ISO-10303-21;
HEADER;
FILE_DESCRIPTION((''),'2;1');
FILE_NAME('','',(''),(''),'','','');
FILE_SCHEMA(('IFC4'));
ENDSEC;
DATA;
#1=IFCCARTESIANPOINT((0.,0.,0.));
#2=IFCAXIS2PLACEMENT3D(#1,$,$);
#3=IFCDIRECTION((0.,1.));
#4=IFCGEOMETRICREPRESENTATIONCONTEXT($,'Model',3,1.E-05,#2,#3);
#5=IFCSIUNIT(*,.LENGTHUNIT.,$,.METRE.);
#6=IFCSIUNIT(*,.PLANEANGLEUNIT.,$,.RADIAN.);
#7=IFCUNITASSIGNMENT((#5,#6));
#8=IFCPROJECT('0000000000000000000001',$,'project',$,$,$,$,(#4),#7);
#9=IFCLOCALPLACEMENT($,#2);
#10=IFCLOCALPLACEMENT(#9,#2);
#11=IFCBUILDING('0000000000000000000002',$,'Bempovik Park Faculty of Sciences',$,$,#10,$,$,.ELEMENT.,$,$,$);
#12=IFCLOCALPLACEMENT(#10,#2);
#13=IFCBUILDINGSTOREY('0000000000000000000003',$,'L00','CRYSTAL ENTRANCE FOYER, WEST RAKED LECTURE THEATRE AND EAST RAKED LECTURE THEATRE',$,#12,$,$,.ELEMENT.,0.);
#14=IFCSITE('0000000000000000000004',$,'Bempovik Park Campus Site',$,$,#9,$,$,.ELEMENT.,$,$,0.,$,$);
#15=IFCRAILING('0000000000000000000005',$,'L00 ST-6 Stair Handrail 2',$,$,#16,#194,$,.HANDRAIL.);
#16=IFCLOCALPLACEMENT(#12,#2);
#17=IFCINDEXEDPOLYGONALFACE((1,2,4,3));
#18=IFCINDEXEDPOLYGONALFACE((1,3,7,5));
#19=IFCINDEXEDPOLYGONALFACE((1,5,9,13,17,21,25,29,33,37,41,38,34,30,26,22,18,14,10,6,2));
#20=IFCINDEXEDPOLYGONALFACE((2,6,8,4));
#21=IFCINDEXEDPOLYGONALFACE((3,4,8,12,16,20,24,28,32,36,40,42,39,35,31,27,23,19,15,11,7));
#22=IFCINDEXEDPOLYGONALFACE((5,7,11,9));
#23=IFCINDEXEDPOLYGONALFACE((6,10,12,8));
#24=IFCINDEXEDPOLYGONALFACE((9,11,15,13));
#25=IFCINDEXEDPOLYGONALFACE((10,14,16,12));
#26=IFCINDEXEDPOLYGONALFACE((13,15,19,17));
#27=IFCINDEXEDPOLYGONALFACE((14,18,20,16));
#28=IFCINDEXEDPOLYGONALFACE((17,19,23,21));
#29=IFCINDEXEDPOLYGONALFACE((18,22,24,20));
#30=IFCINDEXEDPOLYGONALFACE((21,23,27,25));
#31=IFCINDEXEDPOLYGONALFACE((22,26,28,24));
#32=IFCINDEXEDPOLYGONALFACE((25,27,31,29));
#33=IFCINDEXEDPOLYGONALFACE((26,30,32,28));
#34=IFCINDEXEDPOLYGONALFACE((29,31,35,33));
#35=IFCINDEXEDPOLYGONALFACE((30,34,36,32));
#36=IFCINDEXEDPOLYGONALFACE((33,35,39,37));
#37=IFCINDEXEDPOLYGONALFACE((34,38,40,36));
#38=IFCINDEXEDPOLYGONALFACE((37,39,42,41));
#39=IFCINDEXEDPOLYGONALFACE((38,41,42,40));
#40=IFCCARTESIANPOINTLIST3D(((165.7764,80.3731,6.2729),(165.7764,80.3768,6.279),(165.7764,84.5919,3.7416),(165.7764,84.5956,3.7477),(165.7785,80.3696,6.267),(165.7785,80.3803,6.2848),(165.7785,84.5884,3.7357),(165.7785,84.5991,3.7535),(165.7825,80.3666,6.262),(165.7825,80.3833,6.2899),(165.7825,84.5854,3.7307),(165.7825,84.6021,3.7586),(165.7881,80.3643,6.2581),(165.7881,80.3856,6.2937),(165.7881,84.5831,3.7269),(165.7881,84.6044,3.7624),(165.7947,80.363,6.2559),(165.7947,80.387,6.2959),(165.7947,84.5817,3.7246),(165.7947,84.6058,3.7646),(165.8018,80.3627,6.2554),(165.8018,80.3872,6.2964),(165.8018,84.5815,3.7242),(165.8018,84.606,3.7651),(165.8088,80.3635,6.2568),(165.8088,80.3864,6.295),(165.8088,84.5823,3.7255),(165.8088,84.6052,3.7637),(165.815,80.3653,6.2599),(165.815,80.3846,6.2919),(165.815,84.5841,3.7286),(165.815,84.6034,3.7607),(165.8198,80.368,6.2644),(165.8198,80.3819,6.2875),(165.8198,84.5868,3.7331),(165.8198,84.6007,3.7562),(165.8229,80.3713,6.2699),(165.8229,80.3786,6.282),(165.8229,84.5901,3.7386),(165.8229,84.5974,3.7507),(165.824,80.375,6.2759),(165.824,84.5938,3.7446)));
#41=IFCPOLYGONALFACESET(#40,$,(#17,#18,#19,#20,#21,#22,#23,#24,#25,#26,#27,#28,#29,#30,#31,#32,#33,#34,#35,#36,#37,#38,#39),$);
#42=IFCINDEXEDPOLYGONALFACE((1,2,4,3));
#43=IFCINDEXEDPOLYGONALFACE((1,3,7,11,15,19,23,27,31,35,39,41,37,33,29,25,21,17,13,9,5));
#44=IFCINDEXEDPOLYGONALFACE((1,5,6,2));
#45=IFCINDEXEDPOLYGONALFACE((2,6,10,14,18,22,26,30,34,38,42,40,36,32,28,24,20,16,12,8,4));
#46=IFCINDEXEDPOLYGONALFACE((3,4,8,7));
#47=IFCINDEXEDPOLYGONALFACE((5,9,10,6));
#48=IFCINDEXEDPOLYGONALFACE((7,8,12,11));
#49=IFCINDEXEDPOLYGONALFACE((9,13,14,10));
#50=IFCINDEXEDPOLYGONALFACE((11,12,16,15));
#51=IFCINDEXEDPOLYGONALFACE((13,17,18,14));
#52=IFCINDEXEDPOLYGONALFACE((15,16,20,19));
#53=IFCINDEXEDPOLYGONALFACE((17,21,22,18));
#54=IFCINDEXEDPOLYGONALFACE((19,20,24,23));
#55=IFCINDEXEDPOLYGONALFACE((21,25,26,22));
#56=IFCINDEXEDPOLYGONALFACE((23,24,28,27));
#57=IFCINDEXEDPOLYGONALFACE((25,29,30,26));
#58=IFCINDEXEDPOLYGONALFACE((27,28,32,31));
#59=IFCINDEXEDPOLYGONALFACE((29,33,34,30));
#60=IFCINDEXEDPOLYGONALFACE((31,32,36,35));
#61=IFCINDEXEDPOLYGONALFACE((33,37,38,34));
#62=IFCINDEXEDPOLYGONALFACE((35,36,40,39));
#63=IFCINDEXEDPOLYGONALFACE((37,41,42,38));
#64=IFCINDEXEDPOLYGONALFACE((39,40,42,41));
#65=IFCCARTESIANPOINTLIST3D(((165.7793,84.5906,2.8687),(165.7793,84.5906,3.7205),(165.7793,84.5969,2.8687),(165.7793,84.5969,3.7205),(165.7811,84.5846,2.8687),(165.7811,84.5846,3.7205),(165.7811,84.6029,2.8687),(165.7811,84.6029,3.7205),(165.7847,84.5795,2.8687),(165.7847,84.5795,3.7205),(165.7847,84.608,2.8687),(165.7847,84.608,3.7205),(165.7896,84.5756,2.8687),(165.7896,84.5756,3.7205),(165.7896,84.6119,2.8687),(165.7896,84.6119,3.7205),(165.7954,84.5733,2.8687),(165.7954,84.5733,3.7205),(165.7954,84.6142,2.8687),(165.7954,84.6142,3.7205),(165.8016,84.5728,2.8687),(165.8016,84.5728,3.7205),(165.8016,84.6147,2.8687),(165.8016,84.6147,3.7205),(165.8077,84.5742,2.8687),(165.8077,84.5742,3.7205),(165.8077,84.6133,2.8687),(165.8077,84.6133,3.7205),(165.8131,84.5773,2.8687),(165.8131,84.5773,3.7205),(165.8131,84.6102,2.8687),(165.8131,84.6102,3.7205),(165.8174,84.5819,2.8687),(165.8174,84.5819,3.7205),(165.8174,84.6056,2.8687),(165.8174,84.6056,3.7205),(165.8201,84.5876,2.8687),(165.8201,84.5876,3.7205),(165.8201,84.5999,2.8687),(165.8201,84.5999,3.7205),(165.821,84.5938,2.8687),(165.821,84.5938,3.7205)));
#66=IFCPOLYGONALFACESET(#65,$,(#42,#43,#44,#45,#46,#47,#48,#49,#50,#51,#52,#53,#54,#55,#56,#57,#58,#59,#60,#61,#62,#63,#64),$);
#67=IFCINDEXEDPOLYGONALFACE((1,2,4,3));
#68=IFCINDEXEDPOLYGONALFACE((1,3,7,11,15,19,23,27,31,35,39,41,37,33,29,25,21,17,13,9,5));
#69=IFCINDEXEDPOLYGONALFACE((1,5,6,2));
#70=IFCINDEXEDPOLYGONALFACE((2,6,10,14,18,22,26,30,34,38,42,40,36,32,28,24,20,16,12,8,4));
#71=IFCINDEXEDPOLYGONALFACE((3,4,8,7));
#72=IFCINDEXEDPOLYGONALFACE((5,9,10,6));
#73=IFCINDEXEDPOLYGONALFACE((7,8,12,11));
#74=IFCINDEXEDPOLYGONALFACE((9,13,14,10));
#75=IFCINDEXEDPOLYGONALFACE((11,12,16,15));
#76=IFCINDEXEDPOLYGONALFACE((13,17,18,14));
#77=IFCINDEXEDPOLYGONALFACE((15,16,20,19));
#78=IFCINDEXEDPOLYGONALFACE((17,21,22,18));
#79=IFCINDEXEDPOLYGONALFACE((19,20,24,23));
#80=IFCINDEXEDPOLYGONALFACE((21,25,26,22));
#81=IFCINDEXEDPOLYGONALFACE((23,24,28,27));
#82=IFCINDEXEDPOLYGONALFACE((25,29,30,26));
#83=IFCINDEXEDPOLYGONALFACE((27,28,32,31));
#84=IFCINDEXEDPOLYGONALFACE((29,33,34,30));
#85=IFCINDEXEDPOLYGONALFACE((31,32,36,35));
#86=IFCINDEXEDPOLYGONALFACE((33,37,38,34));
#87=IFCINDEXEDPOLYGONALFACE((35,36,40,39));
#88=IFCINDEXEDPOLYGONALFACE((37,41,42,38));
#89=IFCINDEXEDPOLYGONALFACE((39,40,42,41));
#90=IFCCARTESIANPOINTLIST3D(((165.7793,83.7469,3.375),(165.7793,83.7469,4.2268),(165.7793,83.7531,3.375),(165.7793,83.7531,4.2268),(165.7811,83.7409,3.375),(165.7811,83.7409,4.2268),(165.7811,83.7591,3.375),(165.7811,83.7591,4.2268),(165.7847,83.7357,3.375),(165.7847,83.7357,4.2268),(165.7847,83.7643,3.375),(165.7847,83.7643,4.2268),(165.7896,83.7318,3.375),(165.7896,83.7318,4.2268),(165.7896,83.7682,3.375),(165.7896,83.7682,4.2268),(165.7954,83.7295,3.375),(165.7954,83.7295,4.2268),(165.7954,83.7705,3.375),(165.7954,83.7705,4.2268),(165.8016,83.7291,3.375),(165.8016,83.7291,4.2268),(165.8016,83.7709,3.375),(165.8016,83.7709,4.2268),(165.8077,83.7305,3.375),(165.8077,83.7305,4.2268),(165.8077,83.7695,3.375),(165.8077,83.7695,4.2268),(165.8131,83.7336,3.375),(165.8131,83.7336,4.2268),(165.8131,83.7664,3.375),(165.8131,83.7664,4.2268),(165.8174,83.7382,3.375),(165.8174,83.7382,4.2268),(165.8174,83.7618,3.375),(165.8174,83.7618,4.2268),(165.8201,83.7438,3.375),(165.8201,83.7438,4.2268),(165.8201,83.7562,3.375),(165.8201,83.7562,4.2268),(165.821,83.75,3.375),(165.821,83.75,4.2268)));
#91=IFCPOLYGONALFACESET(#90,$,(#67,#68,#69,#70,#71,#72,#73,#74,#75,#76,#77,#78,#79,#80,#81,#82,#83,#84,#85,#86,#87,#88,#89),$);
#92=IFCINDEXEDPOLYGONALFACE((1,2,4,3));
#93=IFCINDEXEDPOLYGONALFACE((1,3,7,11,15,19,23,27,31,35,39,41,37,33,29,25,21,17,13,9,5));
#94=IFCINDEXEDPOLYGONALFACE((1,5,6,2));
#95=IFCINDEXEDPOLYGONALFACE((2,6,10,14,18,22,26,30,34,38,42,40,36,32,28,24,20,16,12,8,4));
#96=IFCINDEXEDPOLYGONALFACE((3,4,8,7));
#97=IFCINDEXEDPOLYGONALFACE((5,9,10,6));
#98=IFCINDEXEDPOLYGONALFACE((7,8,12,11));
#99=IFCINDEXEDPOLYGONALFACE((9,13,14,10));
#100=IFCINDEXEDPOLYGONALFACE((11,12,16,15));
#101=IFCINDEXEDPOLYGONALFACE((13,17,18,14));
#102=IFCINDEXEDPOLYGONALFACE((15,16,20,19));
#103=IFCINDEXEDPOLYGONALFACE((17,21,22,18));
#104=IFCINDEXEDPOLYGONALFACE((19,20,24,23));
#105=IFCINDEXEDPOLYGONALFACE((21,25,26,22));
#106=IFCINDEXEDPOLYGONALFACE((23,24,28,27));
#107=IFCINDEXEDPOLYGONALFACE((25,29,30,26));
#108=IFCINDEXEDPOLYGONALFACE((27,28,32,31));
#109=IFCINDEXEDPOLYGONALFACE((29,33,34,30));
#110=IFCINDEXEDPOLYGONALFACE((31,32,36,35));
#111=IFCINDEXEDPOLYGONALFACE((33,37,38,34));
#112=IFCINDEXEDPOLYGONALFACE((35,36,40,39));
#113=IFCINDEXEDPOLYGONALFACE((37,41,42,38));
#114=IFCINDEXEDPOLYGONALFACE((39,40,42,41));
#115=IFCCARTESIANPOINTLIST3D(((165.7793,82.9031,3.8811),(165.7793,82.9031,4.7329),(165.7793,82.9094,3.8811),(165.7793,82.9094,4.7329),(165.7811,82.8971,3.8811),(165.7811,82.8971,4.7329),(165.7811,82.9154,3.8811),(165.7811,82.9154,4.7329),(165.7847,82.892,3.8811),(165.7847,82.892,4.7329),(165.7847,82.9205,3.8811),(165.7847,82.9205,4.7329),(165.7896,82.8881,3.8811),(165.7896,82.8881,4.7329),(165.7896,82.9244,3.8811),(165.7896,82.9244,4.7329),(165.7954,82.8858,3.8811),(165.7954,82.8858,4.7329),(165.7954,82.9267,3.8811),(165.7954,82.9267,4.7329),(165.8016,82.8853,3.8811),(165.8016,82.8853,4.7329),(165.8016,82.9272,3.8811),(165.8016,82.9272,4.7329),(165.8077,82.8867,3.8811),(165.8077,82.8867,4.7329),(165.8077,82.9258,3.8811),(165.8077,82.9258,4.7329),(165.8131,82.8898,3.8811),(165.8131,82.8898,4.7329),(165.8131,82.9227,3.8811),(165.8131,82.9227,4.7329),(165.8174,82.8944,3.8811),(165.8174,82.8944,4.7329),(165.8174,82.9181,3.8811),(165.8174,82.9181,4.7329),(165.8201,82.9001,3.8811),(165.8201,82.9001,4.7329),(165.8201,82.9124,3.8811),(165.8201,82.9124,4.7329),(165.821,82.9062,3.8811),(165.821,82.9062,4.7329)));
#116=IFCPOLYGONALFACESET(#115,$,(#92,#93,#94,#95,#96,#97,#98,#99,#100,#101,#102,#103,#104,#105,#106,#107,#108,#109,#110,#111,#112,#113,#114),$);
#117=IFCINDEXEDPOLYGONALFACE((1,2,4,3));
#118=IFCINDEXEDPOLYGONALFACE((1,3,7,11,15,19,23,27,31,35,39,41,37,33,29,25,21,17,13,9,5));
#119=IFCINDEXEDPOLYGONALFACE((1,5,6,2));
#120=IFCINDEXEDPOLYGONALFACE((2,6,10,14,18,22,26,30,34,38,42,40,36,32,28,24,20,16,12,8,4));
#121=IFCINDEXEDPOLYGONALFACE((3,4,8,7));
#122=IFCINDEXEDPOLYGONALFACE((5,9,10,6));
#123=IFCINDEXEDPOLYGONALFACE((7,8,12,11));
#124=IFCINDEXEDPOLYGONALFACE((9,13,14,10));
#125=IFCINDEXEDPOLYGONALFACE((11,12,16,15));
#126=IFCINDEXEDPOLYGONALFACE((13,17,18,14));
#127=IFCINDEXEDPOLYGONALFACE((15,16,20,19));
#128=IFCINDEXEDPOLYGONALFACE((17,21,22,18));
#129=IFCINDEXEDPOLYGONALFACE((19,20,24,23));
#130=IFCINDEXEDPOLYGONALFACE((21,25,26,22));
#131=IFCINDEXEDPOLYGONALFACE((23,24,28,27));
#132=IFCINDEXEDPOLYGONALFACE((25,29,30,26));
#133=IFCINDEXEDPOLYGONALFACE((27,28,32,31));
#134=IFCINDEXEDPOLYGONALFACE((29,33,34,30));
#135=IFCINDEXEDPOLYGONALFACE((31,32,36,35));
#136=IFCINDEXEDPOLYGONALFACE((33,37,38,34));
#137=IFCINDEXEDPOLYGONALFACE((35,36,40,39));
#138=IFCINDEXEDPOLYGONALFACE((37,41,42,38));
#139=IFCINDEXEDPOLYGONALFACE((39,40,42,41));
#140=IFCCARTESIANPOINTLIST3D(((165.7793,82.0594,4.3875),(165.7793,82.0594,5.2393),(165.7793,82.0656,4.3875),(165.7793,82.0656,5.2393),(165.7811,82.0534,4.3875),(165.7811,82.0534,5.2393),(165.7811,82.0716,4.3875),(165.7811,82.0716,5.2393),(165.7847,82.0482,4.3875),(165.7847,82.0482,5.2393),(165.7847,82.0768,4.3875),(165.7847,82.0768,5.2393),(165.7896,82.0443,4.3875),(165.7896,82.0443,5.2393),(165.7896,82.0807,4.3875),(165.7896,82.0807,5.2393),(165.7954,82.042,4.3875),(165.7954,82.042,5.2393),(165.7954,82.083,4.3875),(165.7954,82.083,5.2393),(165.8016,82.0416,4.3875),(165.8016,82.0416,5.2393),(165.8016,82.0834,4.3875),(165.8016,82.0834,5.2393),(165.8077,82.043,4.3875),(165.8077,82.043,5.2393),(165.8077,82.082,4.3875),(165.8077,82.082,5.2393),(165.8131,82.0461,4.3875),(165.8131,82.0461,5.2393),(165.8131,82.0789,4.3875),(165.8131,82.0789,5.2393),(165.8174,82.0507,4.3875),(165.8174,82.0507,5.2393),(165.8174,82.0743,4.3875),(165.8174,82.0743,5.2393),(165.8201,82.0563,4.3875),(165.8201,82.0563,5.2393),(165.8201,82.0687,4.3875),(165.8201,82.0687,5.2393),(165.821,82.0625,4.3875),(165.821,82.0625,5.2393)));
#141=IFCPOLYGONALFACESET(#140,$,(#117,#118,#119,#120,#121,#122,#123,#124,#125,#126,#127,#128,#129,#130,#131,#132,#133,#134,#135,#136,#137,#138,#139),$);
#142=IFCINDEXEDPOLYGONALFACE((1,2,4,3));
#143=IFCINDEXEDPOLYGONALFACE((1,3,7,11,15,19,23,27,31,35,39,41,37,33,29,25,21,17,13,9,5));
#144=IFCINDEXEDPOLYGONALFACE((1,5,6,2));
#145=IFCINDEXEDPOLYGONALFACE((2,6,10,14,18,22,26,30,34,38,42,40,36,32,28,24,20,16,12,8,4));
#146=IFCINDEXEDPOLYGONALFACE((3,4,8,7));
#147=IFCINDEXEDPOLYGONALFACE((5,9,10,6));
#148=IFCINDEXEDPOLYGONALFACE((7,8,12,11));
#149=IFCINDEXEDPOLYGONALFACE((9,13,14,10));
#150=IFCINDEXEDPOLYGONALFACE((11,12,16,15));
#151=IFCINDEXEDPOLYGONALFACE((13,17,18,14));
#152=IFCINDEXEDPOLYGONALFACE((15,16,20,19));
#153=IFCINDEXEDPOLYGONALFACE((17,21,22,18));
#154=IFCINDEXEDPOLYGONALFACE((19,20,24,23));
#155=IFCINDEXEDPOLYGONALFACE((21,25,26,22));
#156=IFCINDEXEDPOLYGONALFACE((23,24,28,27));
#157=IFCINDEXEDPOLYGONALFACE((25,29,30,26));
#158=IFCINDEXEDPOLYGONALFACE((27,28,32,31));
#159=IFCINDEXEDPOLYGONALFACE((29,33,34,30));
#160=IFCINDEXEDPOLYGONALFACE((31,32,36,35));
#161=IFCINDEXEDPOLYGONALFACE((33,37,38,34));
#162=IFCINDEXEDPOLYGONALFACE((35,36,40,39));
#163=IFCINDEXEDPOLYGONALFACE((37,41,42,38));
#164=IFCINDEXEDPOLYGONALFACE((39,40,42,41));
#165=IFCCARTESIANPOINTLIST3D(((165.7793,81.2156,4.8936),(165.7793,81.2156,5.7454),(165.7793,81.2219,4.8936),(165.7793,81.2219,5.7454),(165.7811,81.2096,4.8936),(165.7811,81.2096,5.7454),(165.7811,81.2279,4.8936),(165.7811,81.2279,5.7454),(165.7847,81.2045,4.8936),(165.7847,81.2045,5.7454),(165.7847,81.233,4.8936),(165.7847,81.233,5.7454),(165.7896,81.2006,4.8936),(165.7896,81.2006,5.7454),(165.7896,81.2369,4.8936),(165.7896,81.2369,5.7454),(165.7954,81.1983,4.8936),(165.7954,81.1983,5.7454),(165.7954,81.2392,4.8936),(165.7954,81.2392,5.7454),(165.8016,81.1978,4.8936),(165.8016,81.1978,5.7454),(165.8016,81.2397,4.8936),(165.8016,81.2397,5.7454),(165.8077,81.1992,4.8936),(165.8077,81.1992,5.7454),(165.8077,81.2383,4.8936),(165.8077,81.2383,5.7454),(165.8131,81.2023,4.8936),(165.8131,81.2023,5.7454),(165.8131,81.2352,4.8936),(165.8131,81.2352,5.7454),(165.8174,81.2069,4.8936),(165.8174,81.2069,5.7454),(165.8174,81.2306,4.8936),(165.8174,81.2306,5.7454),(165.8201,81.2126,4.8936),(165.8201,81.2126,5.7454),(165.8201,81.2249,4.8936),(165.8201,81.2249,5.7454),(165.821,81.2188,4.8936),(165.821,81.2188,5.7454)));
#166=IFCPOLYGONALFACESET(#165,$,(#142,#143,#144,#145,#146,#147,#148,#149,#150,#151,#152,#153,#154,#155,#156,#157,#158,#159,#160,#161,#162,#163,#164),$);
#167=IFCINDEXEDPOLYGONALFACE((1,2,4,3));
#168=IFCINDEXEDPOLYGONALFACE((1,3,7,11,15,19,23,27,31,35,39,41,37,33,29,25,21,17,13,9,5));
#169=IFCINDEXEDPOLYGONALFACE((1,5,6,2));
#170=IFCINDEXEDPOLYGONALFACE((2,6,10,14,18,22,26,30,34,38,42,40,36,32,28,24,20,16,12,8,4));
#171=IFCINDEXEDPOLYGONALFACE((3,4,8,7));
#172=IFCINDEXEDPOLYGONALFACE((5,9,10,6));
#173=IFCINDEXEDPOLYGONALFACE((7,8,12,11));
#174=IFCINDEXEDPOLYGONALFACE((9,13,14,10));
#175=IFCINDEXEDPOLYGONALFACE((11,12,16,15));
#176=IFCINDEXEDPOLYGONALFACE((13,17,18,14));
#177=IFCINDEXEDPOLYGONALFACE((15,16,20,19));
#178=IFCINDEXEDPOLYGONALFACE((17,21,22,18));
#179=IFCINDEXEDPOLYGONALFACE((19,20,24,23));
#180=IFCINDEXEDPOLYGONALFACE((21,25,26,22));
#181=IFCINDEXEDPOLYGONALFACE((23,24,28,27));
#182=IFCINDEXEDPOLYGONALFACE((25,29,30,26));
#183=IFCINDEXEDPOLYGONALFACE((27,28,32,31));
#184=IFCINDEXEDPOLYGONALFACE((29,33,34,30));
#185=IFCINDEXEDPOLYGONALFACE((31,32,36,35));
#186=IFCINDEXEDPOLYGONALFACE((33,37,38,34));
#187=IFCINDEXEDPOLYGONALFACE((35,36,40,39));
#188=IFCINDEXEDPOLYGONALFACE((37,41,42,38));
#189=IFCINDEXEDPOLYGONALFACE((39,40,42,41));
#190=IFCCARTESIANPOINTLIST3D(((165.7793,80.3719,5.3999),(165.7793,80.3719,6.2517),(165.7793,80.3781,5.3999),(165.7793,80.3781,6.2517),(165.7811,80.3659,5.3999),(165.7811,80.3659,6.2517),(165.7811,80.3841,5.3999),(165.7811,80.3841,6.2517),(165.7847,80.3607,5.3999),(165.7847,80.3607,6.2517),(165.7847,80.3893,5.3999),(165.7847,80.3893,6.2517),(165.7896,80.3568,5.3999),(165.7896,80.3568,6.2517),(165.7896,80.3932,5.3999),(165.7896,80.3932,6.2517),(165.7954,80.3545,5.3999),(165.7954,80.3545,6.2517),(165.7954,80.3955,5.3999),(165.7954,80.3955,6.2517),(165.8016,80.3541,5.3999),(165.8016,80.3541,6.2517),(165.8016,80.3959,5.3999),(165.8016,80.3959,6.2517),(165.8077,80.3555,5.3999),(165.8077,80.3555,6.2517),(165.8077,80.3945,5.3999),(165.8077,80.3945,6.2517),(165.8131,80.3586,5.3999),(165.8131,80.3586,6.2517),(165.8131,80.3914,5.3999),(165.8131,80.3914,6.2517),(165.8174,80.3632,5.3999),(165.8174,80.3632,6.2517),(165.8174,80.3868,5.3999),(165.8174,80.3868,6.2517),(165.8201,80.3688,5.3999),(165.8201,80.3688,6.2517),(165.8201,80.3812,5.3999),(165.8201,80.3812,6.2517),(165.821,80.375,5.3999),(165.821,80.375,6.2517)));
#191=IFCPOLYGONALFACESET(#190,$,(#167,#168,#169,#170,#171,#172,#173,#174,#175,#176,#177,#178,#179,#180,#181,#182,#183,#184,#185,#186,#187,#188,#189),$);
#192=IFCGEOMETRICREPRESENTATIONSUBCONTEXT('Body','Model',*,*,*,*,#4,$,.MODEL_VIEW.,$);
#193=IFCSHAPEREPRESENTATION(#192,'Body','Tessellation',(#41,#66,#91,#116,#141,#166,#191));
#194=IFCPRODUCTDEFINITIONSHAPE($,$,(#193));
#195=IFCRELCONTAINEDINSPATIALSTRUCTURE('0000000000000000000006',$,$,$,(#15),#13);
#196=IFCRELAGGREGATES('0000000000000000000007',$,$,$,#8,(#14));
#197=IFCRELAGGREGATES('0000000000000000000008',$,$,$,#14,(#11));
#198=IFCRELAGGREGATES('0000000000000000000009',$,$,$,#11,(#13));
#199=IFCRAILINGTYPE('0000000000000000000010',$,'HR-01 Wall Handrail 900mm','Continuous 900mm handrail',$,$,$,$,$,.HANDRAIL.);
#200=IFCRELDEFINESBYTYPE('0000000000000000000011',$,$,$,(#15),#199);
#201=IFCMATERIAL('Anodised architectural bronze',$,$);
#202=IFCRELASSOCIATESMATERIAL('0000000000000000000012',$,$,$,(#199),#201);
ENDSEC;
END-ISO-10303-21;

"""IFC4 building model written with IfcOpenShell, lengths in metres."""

from ifc_helpers import new_model, si_unit, direction, frame, origin, origin_2d, place, context, subcontext, project, spatial, circle, extrude, material, type_object, element, save


model = new_model("IFC4")

# Units and contexts
model_context = context("Model", 3, precision=1e-05, world=origin(), true_north=direction((0.0, 1.0)))
body_context = subcontext(model_context, "Body", "Model", "MODEL_VIEW")
ifc_project = project(units=[si_unit("LENGTHUNIT", "METRE"), si_unit("PLANEANGLEUNIT", "RADIAN")], contexts=[model_context])

# Site, building, storey
site_placement = place(None, origin())
site = spatial("IfcSite", under=ifc_project, at=site_placement, Name="Bempovik Park Campus Site", CompositionType="ELEMENT", RefElevation=0.0)
building_placement = place(site_placement, origin())
building = spatial("IfcBuilding", under=site, at=building_placement, Name="Bempovik Park Faculty of Sciences", CompositionType="ELEMENT")
storey_placement = place(building_placement, origin())
storey = spatial("IfcBuildingStorey", under=building, at=storey_placement, Name="L00", Description="CRYSTAL ENTRANCE FOYER, WEST RAKED LECTURE THEATRE AND EAST RAKED LECTURE THEATRE", CompositionType="ELEMENT", Elevation=0.0)

# Railing
ifc_material_1 = material(Name="Anodised architectural bronze")
railing_type = type_object("IfcRailingType", Name="HR-01 Wall Handrail 900mm", Description="Continuous 900mm handrail", PredefinedType="HANDRAIL", material=ifc_material_1)
railing_placement = place(storey_placement, frame((165.8, 84.5938, 2.8687)))
element("IfcRailing", 1, at=railing_placement, inside=storey, type_object=railing_type, Name="L00 ST-6 Stair Handrail 2", PredefinedType="HANDRAIL", context=body_context, shape_type="SweptSolid", body=[
    extrude(circle(Radius=0.0239, at=origin_2d()), frame((0.0, 0.0, 0.876), z_axis=(0.0, -0.857493, 0.514496), x_axis=(1.0, 0.0, 0.0)), (0.0, 0.0, 1.0), 4.9199),
    extrude(circle(Radius=0.021, at=origin_2d()), origin(), (0.0, 0.0, 1.0), 0.8518),
    extrude(circle(Radius=0.021, at=origin_2d()), frame((0.0, -0.8438, 0.5063)), (0.0, 0.0, 1.0), 0.8518),
    extrude(circle(Radius=0.021, at=origin_2d()), frame((0.0, -1.6875, 1.0125)), (0.0, 0.0, 1.0), 0.8518),
    extrude(circle(Radius=0.021, at=origin_2d()), frame((0.0, -2.5312, 1.5188)), (0.0, 0.0, 1.0), 0.8518),
    extrude(circle(Radius=0.021, at=origin_2d()), frame((0.0, -3.375, 2.0249)), (0.0, 0.0, 1.0), 0.8518),
    extrude(circle(Radius=0.021, at=origin_2d()), frame((0.0, -4.2188, 2.5312)), (0.0, 0.0, 1.0), 0.8518),
])

save(model, "model.ifc")
